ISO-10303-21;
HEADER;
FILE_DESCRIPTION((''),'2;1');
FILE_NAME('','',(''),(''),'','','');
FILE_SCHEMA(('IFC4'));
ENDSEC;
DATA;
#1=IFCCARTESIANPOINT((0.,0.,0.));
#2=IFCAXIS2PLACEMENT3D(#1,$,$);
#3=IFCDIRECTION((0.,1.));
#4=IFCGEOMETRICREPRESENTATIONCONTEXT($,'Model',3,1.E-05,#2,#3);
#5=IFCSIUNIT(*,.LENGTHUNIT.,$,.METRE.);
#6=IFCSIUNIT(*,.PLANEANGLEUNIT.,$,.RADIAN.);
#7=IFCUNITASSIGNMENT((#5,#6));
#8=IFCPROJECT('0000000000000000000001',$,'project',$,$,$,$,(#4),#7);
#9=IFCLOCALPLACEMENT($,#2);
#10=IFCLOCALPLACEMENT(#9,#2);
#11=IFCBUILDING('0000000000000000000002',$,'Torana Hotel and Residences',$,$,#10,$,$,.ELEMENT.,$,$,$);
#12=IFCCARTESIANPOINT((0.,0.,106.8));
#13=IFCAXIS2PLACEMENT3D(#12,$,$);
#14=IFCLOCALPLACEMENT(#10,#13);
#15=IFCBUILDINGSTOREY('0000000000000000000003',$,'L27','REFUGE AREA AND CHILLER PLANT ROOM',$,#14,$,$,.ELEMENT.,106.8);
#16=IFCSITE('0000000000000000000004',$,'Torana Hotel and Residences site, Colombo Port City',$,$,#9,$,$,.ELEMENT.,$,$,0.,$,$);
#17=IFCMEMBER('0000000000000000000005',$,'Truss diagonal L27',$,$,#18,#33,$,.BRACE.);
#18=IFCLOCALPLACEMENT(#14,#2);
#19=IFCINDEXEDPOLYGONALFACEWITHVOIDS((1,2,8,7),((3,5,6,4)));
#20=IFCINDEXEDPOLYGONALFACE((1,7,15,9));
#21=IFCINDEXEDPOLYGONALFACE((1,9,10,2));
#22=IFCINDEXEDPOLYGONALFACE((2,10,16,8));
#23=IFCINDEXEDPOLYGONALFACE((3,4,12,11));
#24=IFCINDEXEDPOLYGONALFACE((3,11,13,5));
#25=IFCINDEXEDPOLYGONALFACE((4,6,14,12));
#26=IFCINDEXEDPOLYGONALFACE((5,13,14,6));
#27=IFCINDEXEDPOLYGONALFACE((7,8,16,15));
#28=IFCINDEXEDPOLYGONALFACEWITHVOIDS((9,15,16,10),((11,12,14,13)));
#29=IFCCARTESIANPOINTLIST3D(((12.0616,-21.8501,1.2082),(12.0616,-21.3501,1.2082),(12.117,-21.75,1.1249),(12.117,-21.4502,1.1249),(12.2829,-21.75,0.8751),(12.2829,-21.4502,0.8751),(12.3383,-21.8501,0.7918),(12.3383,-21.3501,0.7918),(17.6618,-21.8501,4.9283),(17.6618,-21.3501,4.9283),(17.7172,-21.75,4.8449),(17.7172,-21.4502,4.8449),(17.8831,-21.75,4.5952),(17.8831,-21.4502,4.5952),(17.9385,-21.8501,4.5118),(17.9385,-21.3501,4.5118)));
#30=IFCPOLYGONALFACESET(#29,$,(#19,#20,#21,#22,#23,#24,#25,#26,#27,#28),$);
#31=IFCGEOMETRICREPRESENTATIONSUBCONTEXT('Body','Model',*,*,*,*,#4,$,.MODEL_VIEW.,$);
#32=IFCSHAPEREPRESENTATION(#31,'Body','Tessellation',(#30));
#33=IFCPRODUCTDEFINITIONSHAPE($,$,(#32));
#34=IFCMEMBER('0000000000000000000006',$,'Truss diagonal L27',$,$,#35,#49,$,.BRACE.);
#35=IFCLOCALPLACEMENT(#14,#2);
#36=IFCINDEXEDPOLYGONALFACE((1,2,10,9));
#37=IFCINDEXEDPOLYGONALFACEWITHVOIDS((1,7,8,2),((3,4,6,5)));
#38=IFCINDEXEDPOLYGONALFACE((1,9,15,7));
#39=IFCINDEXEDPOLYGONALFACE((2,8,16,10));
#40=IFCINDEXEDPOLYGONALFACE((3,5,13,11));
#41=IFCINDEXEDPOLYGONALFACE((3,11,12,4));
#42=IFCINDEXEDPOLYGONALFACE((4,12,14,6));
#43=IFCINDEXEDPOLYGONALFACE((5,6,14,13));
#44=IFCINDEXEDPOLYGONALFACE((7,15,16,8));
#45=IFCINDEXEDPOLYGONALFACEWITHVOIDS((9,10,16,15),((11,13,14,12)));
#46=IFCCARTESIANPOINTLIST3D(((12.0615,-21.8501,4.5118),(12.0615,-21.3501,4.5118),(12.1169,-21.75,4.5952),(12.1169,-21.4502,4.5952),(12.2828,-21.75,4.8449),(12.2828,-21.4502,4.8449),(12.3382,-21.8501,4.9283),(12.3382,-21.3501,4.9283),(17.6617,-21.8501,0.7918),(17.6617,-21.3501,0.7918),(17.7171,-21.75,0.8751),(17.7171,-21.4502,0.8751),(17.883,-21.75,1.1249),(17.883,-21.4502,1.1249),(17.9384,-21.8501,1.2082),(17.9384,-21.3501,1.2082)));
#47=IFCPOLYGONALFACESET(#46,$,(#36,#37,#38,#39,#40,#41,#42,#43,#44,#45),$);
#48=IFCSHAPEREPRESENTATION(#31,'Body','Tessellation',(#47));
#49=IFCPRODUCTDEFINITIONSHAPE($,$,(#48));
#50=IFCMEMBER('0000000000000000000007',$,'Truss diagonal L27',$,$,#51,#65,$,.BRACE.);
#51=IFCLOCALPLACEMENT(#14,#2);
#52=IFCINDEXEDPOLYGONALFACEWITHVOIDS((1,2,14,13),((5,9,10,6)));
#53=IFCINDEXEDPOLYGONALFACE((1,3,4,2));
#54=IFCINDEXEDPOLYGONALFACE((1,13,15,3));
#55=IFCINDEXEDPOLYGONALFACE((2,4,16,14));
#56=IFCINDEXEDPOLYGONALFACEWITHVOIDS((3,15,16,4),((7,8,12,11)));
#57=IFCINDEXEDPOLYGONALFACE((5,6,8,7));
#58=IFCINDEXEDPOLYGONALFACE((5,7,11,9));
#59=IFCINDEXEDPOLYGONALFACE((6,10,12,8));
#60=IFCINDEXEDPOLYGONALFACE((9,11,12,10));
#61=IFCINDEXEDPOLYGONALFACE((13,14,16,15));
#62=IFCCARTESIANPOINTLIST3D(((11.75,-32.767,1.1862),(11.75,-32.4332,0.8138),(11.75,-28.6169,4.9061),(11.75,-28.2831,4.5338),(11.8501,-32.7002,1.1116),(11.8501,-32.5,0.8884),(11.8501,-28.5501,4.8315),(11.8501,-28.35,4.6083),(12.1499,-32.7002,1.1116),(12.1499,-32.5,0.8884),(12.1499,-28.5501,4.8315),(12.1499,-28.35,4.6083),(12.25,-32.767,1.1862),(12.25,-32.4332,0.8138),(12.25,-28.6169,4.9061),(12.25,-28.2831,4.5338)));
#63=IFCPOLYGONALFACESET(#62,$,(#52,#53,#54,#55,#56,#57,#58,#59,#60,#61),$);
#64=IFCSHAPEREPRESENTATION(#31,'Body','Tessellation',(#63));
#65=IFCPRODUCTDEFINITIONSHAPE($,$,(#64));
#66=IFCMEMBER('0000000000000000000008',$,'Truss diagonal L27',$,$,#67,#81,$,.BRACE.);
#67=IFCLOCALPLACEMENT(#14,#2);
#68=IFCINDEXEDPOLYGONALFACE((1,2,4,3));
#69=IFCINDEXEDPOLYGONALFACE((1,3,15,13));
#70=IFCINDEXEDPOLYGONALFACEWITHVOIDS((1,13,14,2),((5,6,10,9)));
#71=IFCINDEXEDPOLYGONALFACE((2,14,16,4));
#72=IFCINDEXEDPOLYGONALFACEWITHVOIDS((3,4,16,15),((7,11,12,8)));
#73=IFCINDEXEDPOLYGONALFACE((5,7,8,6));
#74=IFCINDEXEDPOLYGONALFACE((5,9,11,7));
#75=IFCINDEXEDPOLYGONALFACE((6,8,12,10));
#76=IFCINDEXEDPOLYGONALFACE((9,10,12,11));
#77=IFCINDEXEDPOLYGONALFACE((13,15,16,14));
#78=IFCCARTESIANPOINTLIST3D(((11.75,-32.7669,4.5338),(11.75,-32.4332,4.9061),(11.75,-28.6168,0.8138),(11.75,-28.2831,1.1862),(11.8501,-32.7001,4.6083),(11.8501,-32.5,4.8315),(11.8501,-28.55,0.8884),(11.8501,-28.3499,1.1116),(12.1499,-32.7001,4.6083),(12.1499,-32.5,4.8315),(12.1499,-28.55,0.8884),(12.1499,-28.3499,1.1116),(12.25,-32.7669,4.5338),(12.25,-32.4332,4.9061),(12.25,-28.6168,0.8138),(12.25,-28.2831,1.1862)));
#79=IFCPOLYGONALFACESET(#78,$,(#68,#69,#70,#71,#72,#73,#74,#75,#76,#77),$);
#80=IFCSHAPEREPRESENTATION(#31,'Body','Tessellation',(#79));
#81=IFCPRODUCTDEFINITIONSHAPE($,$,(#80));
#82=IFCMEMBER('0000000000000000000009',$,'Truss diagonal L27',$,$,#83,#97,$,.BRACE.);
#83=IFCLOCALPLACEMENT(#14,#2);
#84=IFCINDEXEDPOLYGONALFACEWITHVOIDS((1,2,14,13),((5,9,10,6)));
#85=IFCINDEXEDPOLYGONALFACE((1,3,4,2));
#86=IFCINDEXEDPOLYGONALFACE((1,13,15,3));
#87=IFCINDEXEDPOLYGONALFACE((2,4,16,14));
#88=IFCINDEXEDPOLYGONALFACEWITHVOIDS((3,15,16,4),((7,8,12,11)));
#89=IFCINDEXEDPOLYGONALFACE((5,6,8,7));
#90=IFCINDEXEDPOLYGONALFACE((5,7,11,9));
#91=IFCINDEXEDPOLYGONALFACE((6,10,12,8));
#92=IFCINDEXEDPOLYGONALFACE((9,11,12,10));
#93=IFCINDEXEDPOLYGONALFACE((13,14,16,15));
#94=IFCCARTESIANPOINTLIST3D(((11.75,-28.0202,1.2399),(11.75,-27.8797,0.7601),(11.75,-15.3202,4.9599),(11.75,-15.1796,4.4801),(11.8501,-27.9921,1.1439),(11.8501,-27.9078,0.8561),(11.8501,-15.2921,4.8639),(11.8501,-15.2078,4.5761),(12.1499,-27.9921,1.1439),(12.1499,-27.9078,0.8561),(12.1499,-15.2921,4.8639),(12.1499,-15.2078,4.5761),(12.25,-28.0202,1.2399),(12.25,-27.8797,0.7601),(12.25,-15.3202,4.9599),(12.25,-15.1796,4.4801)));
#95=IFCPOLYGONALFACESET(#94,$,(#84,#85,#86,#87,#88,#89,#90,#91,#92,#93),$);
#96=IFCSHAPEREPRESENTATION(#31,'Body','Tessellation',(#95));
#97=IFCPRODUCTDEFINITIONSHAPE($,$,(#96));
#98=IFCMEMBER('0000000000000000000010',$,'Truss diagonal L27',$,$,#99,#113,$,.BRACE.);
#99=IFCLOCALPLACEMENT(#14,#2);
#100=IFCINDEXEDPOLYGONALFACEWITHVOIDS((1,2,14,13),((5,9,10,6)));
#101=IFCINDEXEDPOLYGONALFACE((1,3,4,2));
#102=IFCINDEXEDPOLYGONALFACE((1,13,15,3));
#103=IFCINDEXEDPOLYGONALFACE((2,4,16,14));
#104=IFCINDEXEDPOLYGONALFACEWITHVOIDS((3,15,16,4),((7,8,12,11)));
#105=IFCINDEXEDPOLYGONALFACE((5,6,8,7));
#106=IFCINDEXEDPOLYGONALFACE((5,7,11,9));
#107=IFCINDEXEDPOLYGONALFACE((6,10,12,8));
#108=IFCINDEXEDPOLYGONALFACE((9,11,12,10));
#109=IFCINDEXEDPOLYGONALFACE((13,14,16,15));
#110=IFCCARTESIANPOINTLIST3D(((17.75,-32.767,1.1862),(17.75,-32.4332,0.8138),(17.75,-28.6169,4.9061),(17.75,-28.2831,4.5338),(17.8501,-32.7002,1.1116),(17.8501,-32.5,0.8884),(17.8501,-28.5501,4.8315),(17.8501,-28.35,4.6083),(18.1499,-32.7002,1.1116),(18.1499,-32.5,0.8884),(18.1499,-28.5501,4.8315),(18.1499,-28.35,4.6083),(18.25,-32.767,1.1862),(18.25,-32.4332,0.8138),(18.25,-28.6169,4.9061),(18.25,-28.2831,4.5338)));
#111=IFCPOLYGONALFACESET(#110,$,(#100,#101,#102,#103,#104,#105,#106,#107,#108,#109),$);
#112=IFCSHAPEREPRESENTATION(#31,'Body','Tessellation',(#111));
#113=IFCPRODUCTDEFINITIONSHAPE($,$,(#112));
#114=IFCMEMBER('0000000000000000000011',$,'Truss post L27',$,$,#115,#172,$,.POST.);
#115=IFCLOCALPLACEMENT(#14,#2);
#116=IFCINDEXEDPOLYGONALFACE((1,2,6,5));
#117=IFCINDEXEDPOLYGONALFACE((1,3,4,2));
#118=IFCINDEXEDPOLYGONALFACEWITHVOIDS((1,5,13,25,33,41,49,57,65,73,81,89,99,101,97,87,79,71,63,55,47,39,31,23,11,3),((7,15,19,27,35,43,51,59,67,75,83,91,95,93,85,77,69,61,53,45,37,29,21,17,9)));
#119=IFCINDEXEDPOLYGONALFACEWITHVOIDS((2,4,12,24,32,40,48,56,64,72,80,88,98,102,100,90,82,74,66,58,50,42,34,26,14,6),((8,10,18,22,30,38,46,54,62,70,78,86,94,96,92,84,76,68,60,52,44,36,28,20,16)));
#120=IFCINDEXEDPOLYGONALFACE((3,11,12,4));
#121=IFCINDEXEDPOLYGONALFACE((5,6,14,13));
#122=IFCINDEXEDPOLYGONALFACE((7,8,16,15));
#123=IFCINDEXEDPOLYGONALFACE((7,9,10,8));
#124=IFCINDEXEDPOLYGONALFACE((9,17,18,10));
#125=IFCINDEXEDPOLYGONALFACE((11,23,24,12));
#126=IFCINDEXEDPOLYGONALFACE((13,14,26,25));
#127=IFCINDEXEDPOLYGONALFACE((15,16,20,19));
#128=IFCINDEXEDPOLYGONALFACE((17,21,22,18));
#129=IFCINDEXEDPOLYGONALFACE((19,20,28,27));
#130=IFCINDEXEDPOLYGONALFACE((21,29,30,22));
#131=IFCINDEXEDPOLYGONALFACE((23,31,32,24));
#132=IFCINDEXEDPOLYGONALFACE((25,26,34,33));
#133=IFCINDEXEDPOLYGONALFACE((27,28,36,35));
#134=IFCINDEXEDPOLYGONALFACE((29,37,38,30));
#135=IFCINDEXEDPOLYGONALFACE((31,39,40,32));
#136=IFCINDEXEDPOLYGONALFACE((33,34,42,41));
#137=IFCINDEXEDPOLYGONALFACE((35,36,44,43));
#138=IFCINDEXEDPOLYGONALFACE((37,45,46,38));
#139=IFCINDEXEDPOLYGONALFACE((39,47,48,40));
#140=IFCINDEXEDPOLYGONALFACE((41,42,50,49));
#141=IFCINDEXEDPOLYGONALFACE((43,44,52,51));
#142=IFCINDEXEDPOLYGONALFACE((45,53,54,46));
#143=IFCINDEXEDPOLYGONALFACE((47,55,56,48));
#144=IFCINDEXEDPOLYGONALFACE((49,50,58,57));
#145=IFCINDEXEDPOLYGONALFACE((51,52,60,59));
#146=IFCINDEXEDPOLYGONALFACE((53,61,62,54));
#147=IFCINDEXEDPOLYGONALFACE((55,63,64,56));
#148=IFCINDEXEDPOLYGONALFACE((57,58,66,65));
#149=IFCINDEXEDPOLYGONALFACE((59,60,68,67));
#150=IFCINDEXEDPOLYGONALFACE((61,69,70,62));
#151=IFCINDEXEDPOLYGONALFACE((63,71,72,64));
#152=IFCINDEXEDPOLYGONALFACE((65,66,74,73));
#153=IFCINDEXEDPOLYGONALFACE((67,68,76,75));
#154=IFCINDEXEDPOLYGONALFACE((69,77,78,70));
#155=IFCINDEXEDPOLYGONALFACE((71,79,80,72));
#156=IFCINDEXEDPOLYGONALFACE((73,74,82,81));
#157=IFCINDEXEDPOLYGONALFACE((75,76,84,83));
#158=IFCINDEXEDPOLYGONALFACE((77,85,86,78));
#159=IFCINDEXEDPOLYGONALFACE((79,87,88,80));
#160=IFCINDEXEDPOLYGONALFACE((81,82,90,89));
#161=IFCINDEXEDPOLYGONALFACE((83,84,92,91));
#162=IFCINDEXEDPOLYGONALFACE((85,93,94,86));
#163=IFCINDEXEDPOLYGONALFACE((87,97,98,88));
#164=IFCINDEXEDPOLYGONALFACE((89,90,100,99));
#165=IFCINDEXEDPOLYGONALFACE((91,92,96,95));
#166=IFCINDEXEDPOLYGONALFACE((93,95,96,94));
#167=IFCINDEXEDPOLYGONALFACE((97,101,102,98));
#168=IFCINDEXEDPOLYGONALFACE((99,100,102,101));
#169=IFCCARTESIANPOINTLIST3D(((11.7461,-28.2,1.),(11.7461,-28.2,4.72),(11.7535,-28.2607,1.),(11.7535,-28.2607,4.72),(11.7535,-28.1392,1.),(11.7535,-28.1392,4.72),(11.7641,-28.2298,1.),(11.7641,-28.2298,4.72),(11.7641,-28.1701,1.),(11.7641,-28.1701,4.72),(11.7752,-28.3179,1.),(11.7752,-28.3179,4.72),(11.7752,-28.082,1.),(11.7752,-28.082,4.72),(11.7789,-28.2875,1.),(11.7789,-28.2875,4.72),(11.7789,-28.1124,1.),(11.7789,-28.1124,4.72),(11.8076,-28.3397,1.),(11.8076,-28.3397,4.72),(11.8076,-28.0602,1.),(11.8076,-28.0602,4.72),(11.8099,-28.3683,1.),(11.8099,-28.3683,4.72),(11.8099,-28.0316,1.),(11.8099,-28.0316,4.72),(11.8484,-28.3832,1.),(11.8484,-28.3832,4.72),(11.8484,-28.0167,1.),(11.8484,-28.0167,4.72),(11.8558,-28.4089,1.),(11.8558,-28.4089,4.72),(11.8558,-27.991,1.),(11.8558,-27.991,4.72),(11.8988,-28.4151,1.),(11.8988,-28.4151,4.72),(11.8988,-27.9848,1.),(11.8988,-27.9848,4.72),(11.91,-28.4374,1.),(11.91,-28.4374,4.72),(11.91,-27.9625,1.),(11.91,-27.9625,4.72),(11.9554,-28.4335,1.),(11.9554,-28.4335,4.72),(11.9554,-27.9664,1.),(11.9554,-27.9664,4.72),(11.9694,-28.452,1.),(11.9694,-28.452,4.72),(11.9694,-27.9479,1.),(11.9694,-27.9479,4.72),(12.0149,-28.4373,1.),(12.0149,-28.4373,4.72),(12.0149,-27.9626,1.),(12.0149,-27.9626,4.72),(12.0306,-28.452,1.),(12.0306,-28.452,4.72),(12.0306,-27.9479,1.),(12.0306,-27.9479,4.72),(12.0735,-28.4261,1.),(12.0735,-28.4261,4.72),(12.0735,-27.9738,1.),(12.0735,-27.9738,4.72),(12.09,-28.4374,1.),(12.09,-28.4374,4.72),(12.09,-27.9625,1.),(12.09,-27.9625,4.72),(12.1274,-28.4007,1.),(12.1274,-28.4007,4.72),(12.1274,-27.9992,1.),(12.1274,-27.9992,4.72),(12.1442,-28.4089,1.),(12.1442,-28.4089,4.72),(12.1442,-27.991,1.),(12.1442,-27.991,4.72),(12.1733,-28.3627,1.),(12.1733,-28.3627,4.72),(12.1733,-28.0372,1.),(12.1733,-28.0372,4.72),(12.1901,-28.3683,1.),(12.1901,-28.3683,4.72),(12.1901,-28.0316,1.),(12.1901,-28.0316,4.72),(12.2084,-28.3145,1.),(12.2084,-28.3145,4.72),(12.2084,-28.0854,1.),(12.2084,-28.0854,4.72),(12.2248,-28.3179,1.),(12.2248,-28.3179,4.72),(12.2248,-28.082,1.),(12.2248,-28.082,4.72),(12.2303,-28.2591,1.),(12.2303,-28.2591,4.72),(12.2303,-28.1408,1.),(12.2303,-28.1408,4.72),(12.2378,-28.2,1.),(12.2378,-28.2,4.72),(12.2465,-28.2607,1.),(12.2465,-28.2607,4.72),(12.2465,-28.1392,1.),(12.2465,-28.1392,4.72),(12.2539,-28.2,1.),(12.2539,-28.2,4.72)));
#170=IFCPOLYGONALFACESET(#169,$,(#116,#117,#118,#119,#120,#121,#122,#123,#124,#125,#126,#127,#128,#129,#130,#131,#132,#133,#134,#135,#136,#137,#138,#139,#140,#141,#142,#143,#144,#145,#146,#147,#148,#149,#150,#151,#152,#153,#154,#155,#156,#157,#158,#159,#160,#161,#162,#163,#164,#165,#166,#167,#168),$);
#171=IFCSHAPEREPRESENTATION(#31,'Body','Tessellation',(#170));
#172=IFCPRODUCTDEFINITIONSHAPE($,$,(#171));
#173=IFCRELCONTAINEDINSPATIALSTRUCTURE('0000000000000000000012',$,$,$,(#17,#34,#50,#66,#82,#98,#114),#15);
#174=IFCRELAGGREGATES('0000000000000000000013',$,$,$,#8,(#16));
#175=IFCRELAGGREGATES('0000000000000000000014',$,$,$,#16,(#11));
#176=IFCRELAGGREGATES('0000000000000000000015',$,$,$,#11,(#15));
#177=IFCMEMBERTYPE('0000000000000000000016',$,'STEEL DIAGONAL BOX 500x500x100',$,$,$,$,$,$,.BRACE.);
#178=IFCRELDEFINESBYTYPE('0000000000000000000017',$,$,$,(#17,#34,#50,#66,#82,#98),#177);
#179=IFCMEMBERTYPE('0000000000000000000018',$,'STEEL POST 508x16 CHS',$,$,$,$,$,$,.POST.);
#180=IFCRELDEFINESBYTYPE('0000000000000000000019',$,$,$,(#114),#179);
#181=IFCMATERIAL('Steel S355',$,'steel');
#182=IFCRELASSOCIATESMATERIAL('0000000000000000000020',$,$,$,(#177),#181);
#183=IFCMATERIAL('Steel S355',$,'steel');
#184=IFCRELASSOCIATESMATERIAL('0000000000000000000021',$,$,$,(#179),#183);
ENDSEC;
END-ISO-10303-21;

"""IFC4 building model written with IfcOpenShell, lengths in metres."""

from ifc_helpers import new_model, si_unit, direction, frame, origin, origin_2d, place, context, subcontext, project, spatial, hollow_rectangle, hollow_circle, extrude, material, material_profile, profile_set, type_object, element, save


model = new_model("IFC4")

# Units and contexts
model_context = context("Model", 3, precision=1e-05, world=origin(), true_north=direction((0.0, 1.0)))
body_context = subcontext(model_context, "Body", "Model", "MODEL_VIEW")
ifc_project = project(units=[si_unit("LENGTHUNIT", "METRE"), si_unit("PLANEANGLEUNIT", "RADIAN")], contexts=[model_context])

# Site, building, storey
site_placement = place(None, origin())
site = spatial("IfcSite", under=ifc_project, at=site_placement, Name="Torana Hotel and Residences site, Colombo Port City", CompositionType="ELEMENT", RefElevation=0.0)
building_placement = place(site_placement, origin())
building = spatial("IfcBuilding", under=site, at=building_placement, Name="Torana Hotel and Residences", CompositionType="ELEMENT")
storey_placement = place(building_placement, frame((0.0, 0.0, 106.8)))
storey = spatial("IfcBuildingStorey", under=building, at=storey_placement, Name="L27", Description="REFUGE AREA AND CHILLER PLANT ROOM", CompositionType="ELEMENT", Elevation=106.8)

# Members
ifc_material_1 = material(Name="Steel S355", Category="steel")
ifc_material_profile_1 = material_profile(ifc_material_1, hollow_rectangle(XDim=0.5, YDim=0.5, WallThickness=0.1001, at=origin_2d()), Name="BOX 500x500x100")
ifc_profile_set_1 = profile_set([ifc_material_profile_1], Name="Steel S355")
member_type_1 = type_object("IfcMemberType", Name="STEEL DIAGONAL BOX 500x500x100", PredefinedType="BRACE", material=ifc_profile_set_1)
for number, where, z_axis, x_axis, name in (
    (1, (12.2, -21.6001, 1.0), (0.832971, 0.0, 0.553317), (0.0, 1.0, 0.0), "Truss diagonal L27"),
    (2, (17.8, -21.6001, 1.0), (-0.832971, 0.0, 0.553317), (0.0, -1.0, 0.0), "Truss diagonal L27"),
):
    element("IfcMember", number, at=place(storey_placement, frame(where, z_axis=z_axis, x_axis=x_axis)), inside=storey, type_object=member_type_1, Name=name, PredefinedType="BRACE", context=body_context, shape_type="SweptSolid", body=[
        extrude(hollow_rectangle(XDim=0.5, YDim=0.5, WallThickness=0.1001, at=origin_2d()), origin(), (0.0, 0.0, 1.0), 6.7231),
    ])
for number, where, z_axis, x_axis, name in (
    (3, (12.0, -32.6001, 1.0), (0.0, 0.744645, 0.66746), (-1.0, 0.0, 0.0), "Truss diagonal L27"),
    (4, (12.0, -28.45, 1.0), (0.0, -0.744645, 0.66746), (1.0, 0.0, 0.0), "Truss diagonal L27"),
):
    element("IfcMember", number, at=place(storey_placement, frame(where, z_axis=z_axis, x_axis=x_axis)), inside=storey, type_object=member_type_1, Name=name, PredefinedType="BRACE", context=body_context, shape_type="SweptSolid", body=[
        extrude(hollow_rectangle(XDim=0.5, YDim=0.5, WallThickness=0.1001, at=origin_2d()), origin(), (0.0, 0.0, 1.0), 5.5732),
    ])
member_1_placement = place(storey_placement, frame((12.0, -27.95, 1.0), z_axis=(0.0, 0.959678, 0.281101), x_axis=(-1.0, 0.0, 0.0)))
element("IfcMember", 5, at=member_1_placement, inside=storey, type_object=member_type_1, Name="Truss diagonal L27", PredefinedType="BRACE", context=body_context, shape_type="SweptSolid", body=[
    extrude(hollow_rectangle(XDim=0.5, YDim=0.5, WallThickness=0.1001, at=origin_2d()), origin(), (0.0, 0.0, 1.0), 13.2336),
])
member_2_placement = place(storey_placement, frame((18.0, -32.6001, 1.0), z_axis=(0.0, 0.744645, 0.66746), x_axis=(-1.0, 0.0, 0.0)))
element("IfcMember", 6, at=member_2_placement, inside=storey, type_object=member_type_1, Name="Truss diagonal L27", PredefinedType="BRACE", context=body_context, shape_type="SweptSolid", body=[
    extrude(hollow_rectangle(XDim=0.5, YDim=0.5, WallThickness=0.1001, at=origin_2d()), origin(), (0.0, 0.0, 1.0), 5.5732),
])
ifc_material_2 = material(Name="Steel S355", Category="steel")
ifc_material_profile_2 = material_profile(ifc_material_2, hollow_circle(Radius=0.2539, WallThickness=0.0161, at=origin_2d()), Name="508x16 CHS")
ifc_profile_set_2 = profile_set([ifc_material_profile_2], Name="Steel S355")
member_type_2 = type_object("IfcMemberType", Name="STEEL POST 508x16 CHS", PredefinedType="POST", material=ifc_profile_set_2)
for number, where, z_axis, x_axis, name in (
    (7, (12.0, -28.2, 1.0), (0.0, 0.0, 1.0), (1.0, 0.0, 0.0), "Truss post L27"),
):
    element("IfcMember", number, at=place(storey_placement, frame(where, z_axis=z_axis, x_axis=x_axis)), inside=storey, type_object=member_type_2, Name=name, PredefinedType="POST", context=body_context, shape_type="SweptSolid", body=[
        extrude(hollow_circle(Radius=0.2539, WallThickness=0.0161, at=origin_2d()), origin(), (0.0, 0.0, 1.0), 3.72),
    ])

save(model, "model.ifc")
